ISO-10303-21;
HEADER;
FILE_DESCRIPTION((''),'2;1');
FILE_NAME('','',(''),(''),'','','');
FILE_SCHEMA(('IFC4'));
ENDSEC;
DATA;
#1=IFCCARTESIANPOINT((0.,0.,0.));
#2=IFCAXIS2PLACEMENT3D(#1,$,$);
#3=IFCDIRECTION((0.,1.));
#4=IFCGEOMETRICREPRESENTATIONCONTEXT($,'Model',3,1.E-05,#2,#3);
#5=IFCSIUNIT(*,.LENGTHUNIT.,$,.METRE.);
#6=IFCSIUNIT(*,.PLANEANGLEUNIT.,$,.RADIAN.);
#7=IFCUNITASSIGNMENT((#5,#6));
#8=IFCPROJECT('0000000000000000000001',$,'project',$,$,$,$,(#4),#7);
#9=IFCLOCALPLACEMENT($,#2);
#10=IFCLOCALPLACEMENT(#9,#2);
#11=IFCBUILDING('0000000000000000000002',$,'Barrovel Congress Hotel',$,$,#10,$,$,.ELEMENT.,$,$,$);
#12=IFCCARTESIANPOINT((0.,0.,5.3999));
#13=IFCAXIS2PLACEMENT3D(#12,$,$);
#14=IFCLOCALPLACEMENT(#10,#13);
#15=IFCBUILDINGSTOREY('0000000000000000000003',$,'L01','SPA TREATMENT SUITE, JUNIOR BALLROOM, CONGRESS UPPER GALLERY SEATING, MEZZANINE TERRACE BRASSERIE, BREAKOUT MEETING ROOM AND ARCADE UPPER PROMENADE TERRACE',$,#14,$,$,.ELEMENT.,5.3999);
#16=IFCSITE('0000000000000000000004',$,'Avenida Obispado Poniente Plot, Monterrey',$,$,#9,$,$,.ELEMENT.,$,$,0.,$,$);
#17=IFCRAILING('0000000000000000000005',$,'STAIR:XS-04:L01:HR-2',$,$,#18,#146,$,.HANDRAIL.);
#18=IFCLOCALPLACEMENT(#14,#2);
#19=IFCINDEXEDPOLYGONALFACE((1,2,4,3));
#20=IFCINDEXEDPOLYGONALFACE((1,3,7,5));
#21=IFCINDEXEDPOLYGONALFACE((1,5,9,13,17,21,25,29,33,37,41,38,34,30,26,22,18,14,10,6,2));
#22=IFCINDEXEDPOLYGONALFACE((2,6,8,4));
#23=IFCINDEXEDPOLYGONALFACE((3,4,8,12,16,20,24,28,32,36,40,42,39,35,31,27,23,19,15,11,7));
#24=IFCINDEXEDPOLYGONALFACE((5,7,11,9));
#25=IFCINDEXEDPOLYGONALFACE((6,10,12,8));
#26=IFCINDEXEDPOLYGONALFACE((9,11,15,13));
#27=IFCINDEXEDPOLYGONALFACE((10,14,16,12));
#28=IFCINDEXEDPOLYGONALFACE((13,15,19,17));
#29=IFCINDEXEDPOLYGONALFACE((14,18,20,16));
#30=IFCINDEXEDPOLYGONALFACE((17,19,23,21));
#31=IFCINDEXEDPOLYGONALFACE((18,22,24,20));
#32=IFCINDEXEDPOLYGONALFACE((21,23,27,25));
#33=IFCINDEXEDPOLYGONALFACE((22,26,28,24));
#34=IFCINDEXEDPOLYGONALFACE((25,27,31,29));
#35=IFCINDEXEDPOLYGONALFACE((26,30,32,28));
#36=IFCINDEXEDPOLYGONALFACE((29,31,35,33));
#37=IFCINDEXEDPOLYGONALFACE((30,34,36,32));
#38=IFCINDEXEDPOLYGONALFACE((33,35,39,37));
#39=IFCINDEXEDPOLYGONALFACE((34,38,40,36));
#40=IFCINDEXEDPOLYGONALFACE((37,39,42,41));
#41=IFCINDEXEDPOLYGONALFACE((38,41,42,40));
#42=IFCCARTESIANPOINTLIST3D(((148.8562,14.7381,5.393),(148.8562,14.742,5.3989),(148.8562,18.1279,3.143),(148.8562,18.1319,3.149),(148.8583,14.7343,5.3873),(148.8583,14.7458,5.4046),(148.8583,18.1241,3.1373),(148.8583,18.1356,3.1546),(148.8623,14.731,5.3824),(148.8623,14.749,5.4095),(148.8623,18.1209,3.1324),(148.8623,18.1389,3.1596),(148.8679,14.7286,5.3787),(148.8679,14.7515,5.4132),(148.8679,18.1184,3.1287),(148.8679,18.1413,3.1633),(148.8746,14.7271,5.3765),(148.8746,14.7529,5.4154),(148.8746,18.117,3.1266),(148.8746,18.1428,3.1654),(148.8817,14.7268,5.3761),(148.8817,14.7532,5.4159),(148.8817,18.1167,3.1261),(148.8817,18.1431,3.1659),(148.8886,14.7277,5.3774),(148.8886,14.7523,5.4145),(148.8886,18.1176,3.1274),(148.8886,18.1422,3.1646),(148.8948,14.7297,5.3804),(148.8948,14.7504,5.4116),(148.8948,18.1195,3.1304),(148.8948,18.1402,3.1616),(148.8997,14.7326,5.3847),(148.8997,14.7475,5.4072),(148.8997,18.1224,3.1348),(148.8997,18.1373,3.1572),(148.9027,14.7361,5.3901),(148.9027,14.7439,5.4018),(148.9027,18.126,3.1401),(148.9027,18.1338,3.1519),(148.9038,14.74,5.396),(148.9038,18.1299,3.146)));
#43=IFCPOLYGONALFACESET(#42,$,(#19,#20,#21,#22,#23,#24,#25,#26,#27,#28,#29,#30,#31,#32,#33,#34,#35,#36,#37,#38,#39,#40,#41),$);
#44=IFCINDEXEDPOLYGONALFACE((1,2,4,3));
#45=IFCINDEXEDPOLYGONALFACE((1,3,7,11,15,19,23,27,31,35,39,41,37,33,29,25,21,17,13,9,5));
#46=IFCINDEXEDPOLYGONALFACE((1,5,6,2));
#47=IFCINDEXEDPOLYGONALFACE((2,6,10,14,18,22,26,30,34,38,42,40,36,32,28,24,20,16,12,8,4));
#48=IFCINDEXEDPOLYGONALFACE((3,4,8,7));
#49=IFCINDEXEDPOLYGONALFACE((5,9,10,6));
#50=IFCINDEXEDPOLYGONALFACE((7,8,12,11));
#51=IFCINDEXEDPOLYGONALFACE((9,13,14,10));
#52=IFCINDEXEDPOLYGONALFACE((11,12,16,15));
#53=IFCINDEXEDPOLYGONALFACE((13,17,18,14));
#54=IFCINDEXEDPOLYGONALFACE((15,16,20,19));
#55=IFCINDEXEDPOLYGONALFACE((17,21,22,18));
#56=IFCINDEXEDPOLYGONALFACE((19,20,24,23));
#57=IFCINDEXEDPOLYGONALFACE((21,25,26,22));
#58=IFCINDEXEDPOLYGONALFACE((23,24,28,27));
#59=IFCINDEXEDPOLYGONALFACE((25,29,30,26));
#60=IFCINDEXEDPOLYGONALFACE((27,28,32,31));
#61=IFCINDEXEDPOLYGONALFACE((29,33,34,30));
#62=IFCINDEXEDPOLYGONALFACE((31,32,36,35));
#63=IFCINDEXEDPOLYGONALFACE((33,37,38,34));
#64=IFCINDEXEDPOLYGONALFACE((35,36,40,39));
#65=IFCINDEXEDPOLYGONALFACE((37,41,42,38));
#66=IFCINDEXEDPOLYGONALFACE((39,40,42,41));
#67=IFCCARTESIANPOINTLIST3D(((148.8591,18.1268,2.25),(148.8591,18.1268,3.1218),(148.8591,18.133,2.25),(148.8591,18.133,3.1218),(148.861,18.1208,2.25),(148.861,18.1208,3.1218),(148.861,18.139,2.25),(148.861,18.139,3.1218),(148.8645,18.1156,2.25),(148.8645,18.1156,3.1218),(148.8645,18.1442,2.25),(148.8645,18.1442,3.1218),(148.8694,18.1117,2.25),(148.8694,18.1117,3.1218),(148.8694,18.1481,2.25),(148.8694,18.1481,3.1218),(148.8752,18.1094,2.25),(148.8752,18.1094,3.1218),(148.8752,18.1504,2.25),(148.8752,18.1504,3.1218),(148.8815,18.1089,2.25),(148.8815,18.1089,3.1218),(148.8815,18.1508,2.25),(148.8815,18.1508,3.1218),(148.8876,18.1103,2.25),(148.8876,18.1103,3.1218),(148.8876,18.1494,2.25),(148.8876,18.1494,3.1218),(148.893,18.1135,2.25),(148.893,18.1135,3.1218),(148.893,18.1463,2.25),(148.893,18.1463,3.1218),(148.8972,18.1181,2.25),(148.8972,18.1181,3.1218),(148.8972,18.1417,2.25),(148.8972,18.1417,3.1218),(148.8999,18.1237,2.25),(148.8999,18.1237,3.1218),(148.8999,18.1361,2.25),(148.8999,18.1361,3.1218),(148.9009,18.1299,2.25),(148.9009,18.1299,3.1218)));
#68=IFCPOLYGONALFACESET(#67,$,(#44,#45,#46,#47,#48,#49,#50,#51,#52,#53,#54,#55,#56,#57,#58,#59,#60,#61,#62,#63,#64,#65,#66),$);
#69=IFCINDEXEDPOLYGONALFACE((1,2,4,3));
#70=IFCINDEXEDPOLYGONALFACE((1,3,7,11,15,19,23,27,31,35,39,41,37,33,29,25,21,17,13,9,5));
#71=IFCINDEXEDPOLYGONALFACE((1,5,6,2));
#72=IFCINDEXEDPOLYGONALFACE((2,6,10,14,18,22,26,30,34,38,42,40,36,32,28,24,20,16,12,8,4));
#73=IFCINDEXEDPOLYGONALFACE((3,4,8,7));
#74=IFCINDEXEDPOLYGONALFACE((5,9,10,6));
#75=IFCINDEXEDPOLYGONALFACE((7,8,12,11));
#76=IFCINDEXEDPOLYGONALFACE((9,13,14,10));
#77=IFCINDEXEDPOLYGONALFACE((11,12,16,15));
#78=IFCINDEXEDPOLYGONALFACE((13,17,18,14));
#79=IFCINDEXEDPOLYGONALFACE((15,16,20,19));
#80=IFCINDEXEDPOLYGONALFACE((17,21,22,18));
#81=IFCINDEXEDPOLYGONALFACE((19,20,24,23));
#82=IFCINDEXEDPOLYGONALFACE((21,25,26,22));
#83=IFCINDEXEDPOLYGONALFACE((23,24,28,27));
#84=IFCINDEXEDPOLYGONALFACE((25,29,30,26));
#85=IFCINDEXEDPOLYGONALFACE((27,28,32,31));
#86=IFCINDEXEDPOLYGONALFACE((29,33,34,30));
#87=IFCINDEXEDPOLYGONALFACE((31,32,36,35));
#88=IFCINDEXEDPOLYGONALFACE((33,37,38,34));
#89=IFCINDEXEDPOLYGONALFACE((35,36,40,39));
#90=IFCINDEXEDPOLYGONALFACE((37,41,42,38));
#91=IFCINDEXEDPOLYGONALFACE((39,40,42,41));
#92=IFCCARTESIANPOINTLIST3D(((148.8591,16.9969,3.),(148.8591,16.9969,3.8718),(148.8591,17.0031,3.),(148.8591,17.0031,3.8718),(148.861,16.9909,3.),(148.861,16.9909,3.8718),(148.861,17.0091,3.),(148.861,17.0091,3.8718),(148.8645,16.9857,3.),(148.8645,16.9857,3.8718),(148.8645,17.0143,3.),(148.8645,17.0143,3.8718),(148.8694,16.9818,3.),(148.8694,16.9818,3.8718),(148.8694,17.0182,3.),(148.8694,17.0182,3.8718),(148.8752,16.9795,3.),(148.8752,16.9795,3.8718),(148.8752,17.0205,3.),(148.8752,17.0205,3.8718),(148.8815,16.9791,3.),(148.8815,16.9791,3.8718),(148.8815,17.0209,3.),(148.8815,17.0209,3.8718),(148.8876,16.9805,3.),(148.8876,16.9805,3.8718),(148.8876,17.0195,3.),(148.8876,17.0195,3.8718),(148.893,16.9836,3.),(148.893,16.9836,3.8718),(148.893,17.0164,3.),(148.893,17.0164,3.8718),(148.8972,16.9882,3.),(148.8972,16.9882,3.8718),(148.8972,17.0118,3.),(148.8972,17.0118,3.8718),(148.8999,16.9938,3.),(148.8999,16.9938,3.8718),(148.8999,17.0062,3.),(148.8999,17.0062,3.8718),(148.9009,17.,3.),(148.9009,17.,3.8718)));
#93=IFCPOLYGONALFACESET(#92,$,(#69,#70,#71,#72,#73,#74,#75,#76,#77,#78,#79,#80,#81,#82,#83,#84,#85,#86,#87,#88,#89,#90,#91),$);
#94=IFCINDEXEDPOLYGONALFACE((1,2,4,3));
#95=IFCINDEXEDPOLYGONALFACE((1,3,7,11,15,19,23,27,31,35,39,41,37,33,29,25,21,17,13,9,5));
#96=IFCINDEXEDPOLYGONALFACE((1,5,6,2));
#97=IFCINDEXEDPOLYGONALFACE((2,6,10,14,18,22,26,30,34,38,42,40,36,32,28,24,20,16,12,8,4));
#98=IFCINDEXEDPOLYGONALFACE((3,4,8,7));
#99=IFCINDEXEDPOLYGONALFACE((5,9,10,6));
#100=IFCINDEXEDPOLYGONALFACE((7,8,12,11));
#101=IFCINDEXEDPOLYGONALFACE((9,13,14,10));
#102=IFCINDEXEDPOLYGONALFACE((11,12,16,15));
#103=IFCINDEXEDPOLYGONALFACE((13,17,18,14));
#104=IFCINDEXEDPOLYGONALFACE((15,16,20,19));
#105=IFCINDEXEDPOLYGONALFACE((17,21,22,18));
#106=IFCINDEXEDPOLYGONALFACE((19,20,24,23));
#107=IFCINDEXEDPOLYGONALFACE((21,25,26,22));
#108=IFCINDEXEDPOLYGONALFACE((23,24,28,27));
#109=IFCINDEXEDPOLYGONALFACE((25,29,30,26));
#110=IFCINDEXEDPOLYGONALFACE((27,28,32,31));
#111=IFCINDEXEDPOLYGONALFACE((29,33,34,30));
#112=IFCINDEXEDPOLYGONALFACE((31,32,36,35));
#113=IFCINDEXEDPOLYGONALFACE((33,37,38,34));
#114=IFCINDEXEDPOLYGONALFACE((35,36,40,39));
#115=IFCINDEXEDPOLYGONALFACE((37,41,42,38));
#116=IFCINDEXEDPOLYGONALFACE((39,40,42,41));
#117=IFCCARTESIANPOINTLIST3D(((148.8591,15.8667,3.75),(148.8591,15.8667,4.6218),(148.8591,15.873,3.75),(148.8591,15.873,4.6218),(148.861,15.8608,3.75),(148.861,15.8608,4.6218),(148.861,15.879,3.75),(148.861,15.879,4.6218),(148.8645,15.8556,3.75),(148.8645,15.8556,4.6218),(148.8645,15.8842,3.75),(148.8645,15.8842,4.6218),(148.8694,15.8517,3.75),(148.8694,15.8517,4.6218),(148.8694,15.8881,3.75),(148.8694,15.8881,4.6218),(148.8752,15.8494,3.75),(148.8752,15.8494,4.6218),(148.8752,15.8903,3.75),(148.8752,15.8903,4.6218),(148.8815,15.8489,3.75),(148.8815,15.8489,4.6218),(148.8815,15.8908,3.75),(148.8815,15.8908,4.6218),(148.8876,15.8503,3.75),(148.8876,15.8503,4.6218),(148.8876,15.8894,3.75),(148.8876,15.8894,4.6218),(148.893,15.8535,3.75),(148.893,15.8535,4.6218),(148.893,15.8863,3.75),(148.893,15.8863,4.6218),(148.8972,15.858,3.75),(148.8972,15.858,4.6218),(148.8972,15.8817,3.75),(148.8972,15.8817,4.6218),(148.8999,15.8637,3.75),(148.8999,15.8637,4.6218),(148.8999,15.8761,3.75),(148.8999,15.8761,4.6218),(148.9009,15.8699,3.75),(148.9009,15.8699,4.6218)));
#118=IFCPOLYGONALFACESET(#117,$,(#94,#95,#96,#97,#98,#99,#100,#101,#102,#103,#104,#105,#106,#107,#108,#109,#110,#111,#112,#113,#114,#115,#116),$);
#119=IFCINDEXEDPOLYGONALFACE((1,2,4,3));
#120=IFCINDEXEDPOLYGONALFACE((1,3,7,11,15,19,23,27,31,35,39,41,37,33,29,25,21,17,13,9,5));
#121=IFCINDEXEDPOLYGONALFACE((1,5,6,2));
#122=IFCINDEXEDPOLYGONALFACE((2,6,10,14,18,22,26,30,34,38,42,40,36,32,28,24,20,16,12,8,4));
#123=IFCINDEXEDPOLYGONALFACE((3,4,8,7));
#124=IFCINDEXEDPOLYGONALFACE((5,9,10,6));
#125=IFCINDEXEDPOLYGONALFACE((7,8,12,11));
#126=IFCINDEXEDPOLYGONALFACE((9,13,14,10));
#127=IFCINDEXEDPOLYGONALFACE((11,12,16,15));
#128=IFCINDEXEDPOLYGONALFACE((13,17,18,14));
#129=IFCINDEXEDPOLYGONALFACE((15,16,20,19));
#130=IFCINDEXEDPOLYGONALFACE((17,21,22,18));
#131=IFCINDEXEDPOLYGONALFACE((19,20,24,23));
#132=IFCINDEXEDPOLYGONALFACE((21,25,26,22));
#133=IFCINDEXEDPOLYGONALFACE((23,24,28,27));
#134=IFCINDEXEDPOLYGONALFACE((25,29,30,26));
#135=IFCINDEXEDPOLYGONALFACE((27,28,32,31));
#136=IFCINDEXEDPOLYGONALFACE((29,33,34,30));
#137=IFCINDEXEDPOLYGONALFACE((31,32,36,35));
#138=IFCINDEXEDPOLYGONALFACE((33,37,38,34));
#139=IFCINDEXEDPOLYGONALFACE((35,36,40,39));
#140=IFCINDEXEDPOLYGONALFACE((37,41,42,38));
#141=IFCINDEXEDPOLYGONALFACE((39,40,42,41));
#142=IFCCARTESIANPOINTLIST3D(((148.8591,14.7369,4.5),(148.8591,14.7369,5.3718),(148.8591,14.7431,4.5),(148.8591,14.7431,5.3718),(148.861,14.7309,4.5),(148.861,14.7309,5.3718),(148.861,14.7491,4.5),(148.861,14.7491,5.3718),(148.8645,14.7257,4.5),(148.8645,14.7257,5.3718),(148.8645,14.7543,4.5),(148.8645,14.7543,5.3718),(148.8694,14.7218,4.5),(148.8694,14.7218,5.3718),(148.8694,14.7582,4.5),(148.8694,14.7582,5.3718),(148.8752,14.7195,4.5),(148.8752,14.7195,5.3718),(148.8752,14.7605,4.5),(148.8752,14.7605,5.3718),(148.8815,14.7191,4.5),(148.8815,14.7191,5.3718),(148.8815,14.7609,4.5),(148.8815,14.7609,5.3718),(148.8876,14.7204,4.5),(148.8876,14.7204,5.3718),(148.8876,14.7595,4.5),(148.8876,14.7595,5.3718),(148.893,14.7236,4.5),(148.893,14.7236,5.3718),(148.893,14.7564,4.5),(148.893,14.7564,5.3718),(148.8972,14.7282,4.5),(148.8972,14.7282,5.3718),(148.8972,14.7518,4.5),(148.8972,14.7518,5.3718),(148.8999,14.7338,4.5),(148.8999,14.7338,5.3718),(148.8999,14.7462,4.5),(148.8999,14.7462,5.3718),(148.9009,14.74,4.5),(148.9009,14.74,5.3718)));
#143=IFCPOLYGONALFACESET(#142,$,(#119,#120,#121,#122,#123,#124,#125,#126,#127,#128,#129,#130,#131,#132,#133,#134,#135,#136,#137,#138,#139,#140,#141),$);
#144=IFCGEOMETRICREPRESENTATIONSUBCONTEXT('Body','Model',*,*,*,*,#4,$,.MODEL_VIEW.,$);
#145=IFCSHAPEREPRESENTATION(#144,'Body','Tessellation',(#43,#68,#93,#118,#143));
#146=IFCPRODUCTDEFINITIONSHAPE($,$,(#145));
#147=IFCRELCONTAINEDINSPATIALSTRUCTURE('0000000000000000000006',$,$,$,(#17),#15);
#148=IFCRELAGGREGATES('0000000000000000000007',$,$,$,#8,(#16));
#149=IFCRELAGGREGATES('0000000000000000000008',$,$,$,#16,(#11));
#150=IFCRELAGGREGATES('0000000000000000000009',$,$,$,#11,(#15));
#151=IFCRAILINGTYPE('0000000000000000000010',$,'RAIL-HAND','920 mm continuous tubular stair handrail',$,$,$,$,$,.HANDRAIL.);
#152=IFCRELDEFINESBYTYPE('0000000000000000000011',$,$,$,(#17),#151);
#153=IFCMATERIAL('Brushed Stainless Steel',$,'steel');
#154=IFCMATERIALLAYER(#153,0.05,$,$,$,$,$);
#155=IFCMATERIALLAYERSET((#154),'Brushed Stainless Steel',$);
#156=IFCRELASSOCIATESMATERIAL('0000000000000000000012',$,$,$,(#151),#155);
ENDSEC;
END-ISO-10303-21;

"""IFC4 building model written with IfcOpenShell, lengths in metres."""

from ifc_helpers import new_model, si_unit, direction, frame, origin, origin_2d, place, context, subcontext, project, spatial, circle, extrude, material, layer, layer_set, type_object, element, save


model = new_model("IFC4")

# Units and contexts
model_context = context("Model", 3, precision=1e-05, world=origin(), true_north=direction((0.0, 1.0)))
body_context = subcontext(model_context, "Body", "Model", "MODEL_VIEW")
ifc_project = project(units=[si_unit("LENGTHUNIT", "METRE"), si_unit("PLANEANGLEUNIT", "RADIAN")], contexts=[model_context])

# Site, building, storey
site_placement = place(None, origin())
site = spatial("IfcSite", under=ifc_project, at=site_placement, Name="Avenida Obispado Poniente Plot, Monterrey", CompositionType="ELEMENT", RefElevation=0.0)
building_placement = place(site_placement, origin())
building = spatial("IfcBuilding", under=site, at=building_placement, Name="Barrovel Congress Hotel", CompositionType="ELEMENT")
storey_placement = place(building_placement, frame((0.0, 0.0, 5.3999)))
storey = spatial("IfcBuildingStorey", under=building, at=storey_placement, Name="L01", Description="SPA TREATMENT SUITE, JUNIOR BALLROOM, CONGRESS UPPER GALLERY SEATING, MEZZANINE TERRACE BRASSERIE, BREAKOUT MEETING ROOM AND ARCADE UPPER PROMENADE TERRACE", CompositionType="ELEMENT", Elevation=5.3999)

# Railing
ifc_material_1 = material(Name="Brushed Stainless Steel", Category="steel")
ifc_layer_1 = layer(ifc_material_1, 0.05)
ifc_layer_set_1 = layer_set([ifc_layer_1], Name="Brushed Stainless Steel")
railing_type_1 = type_object("IfcRailingType", Name="RAIL-HAND", Description="920 mm continuous tubular stair handrail", PredefinedType="HANDRAIL", material=ifc_layer_set_1)
railing_1_placement = place(storey_placement, frame((148.8799, 18.1299, 2.25)))
element("IfcRailing", 1, at=railing_1_placement, inside=storey, type_object=railing_type_1, Name="STAIR:XS-04:L01:HR-2", PredefinedType="HANDRAIL", context=body_context, shape_type="SweptSolid", body=[
    extrude(circle(Radius=0.0239, at=origin_2d()), frame((0.0, 0.0, 0.896), z_axis=(0.0, -0.833175, 0.55301), x_axis=(1.0, 0.0, 0.0)), (0.0, 0.0, 1.0), 4.0686),
    extrude(circle(Radius=0.021, at=origin_2d()), origin(), (0.0, 0.0, 1.0), 0.8718),
    extrude(circle(Radius=0.021, at=origin_2d()), frame((0.0, -1.1299, 0.75)), (0.0, 0.0, 1.0), 0.8718),
    extrude(circle(Radius=0.021, at=origin_2d()), frame((0.0, -2.26, 1.5)), (0.0, 0.0, 1.0), 0.8718),
    extrude(circle(Radius=0.021, at=origin_2d()), frame((0.0, -3.3899, 2.25)), (0.0, 0.0, 1.0), 0.8718),
])

save(model, "model.ifc")
